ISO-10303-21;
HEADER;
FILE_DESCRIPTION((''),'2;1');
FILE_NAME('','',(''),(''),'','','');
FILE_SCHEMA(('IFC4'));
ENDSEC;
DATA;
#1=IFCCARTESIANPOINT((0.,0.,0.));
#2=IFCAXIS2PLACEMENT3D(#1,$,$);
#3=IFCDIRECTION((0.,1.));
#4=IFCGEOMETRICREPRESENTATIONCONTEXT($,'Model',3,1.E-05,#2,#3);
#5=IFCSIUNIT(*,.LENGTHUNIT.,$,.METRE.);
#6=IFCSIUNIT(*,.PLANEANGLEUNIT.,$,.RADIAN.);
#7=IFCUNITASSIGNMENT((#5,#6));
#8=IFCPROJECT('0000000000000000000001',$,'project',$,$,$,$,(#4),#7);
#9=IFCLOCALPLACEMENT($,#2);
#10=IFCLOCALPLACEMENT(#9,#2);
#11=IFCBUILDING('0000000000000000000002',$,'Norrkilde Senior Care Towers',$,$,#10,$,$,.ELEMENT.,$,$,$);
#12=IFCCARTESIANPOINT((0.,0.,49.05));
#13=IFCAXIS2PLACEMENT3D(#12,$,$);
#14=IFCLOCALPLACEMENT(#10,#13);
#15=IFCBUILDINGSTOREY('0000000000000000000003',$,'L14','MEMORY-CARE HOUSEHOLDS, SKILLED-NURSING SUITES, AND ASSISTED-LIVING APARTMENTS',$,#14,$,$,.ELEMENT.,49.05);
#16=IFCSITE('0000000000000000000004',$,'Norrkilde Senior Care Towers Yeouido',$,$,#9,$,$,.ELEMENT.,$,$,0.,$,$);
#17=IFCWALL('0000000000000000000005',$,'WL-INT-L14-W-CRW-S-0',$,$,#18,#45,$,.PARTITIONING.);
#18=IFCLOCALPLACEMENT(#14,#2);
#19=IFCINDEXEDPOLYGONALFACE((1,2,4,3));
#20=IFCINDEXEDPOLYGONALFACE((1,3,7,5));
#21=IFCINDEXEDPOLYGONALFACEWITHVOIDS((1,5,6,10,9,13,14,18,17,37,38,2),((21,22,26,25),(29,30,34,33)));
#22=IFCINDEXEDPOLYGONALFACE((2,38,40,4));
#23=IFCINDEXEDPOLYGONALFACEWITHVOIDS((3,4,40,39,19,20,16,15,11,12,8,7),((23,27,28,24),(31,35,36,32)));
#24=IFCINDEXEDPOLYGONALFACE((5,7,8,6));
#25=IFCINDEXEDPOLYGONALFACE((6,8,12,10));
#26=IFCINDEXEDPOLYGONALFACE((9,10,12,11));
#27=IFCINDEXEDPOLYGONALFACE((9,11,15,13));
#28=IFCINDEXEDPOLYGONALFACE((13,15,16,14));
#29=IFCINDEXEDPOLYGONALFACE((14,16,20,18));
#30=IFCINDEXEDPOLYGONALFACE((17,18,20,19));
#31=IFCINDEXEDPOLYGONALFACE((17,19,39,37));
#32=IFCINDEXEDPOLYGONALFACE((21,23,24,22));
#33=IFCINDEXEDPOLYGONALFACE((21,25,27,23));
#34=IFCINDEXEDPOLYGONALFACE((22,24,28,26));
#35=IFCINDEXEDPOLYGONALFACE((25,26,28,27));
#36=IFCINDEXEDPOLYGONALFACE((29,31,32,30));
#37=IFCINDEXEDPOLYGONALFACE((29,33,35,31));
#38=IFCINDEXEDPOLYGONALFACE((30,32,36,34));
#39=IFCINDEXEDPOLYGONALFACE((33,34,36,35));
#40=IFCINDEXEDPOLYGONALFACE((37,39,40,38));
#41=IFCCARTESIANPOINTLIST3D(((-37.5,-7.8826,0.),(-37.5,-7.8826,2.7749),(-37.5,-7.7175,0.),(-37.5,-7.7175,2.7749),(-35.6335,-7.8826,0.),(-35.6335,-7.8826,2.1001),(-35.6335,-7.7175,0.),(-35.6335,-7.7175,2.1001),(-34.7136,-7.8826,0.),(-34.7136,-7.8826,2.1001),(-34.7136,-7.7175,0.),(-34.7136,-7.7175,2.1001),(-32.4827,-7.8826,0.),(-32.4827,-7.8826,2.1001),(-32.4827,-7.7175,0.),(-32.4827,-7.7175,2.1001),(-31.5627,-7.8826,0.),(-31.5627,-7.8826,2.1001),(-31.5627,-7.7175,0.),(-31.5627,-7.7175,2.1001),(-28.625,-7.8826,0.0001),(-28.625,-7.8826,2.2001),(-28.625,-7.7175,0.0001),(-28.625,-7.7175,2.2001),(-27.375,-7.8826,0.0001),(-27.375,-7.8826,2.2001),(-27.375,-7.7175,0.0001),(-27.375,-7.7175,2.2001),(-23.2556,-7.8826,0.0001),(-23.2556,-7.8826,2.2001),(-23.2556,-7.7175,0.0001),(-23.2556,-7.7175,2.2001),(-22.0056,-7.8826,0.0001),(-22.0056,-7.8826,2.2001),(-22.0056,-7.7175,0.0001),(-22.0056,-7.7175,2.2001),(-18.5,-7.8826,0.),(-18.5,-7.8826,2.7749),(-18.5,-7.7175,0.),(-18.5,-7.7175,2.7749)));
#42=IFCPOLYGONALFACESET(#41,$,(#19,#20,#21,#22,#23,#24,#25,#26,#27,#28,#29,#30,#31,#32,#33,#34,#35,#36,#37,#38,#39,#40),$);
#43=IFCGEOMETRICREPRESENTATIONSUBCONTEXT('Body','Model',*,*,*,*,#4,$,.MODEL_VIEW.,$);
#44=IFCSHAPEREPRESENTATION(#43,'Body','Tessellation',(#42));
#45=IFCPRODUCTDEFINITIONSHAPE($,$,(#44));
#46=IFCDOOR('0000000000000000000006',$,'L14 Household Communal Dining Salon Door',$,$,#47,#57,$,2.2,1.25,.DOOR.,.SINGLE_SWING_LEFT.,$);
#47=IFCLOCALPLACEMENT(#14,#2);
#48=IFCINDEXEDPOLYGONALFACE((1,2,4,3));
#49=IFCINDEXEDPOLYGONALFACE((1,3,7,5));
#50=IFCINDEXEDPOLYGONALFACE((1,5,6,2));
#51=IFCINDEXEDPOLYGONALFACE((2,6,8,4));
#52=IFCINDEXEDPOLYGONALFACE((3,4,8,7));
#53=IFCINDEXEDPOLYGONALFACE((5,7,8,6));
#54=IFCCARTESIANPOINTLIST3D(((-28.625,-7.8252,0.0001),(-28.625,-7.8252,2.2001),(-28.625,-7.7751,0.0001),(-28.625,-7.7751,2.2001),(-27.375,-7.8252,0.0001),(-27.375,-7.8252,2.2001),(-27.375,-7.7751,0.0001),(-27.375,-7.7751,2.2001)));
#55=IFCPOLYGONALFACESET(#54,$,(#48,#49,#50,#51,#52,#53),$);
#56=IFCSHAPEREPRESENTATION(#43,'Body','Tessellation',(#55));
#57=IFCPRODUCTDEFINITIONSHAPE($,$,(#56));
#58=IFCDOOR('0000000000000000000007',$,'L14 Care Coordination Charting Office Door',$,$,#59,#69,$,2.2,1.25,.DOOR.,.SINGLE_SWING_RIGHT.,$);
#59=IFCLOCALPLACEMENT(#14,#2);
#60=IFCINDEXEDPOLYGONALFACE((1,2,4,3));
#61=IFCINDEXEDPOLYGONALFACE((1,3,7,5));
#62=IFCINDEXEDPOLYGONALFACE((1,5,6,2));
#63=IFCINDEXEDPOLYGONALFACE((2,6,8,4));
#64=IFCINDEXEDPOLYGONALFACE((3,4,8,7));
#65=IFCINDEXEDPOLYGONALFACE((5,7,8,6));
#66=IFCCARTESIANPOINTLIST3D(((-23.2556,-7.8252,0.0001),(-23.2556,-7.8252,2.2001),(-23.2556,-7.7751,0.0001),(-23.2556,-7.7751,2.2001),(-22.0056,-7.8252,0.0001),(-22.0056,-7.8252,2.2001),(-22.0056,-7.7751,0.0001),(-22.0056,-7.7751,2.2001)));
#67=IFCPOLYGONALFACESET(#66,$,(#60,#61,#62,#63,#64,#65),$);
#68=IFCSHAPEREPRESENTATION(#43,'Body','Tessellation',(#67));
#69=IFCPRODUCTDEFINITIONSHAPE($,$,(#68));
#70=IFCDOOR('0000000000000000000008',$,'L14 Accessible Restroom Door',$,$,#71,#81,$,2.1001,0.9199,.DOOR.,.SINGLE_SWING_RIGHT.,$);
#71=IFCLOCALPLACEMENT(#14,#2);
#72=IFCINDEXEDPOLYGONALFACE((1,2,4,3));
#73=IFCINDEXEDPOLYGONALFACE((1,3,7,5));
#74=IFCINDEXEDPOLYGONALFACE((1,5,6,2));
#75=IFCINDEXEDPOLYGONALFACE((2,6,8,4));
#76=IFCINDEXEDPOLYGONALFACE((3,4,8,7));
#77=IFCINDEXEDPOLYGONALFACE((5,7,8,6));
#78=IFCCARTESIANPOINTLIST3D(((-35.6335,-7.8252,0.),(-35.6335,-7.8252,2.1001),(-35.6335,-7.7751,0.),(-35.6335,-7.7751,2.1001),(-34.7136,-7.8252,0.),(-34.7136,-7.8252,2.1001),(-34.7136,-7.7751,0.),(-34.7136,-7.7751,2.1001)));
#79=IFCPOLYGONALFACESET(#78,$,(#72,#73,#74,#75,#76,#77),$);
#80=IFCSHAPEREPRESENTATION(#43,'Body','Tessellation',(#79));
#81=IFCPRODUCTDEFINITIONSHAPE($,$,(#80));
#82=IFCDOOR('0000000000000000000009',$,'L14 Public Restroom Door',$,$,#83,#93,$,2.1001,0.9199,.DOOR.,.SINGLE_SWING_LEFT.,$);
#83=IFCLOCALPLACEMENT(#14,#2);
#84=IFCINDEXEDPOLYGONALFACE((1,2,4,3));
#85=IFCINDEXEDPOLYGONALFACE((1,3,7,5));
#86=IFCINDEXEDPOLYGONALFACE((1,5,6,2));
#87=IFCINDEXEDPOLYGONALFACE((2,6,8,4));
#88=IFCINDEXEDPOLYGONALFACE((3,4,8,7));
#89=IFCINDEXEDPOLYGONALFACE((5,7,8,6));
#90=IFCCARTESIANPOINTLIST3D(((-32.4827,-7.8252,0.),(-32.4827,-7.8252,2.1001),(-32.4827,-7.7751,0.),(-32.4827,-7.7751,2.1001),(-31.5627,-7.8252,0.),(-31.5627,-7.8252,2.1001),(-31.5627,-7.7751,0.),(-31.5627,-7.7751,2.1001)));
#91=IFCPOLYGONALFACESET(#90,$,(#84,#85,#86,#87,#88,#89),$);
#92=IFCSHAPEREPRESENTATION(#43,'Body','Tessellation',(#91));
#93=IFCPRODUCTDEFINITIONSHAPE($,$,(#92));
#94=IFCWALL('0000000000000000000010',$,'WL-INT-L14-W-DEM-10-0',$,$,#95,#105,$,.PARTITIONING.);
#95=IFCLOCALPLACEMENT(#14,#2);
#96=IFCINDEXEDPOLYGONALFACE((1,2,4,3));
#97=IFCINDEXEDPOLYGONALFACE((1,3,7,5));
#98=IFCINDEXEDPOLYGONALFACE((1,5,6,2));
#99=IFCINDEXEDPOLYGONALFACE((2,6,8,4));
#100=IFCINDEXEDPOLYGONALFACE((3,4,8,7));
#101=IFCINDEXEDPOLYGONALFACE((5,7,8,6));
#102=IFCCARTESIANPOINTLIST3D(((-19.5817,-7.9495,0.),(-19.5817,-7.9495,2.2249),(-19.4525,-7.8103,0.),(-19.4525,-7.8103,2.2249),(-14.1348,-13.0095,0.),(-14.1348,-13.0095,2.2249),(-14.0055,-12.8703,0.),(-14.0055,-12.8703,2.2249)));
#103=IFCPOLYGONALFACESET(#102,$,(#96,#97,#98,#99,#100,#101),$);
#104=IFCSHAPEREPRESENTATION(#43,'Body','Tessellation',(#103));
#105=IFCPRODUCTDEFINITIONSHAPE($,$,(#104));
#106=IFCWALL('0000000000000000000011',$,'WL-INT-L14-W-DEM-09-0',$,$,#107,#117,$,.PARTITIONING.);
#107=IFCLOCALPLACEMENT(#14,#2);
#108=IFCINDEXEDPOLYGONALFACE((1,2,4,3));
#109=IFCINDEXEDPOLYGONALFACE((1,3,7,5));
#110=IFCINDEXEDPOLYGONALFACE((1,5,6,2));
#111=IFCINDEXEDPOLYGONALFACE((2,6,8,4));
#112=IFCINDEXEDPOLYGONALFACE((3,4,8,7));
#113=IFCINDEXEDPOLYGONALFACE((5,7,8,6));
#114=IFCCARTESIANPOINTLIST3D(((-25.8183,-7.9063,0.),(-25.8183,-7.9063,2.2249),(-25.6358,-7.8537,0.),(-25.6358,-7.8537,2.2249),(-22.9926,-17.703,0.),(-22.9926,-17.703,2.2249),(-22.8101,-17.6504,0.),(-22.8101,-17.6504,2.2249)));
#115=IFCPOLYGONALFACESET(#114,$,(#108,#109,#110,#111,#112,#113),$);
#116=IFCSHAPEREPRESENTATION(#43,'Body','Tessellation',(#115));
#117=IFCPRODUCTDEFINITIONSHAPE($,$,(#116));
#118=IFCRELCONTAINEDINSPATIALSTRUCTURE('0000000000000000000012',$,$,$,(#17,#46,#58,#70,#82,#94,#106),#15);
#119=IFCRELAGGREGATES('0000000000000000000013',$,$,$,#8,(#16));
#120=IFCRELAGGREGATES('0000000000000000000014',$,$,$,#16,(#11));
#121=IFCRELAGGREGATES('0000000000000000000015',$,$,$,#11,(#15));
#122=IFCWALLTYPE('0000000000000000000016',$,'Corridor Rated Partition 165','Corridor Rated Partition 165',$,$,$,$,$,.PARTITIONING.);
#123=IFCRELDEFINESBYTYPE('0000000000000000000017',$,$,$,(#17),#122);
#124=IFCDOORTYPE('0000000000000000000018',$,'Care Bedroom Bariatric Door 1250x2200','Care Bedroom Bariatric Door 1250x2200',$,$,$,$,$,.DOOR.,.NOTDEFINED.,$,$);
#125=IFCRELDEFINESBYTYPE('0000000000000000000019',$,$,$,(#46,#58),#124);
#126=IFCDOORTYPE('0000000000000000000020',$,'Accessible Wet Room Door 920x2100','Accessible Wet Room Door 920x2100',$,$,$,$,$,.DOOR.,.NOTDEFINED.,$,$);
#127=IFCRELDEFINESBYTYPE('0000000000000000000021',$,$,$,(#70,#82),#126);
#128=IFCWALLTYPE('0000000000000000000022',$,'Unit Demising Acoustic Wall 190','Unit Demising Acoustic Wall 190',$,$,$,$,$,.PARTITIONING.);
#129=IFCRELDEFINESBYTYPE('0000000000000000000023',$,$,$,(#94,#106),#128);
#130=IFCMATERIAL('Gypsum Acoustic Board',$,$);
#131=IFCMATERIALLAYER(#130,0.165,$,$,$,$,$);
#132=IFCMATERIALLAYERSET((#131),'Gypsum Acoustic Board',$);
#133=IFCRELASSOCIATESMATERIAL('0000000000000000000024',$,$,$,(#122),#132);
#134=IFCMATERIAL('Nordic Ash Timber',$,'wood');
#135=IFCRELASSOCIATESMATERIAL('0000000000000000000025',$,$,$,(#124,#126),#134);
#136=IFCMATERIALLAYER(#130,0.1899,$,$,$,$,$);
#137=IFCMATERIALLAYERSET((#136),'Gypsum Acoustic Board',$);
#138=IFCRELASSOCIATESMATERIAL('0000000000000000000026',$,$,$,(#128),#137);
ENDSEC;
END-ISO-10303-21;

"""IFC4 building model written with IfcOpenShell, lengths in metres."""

from ifc_helpers import new_model, si_unit, direction, frame, frame_2d, origin, place, context, subcontext, project, spatial, rectangle, extrude, source, transform, mapped, material, layer, layer_set, type_object, type_shapes, element, fill, save


model = new_model("IFC4")

# Units and contexts
model_context = context("Model", 3, precision=1e-05, world=origin(), true_north=direction((0.0, 1.0)))
body_context = subcontext(model_context, "Body", "Model", "MODEL_VIEW")
ifc_project = project(units=[si_unit("LENGTHUNIT", "METRE"), si_unit("PLANEANGLEUNIT", "RADIAN")], contexts=[model_context])

# Site, building, storey
site_placement = place(None, origin())
site = spatial("IfcSite", under=ifc_project, at=site_placement, Name="Norrkilde Senior Care Towers Yeouido", CompositionType="ELEMENT", RefElevation=0.0)
building_placement = place(site_placement, origin())
building = spatial("IfcBuilding", under=site, at=building_placement, Name="Norrkilde Senior Care Towers", CompositionType="ELEMENT")
storey_placement = place(building_placement, frame((0.0, 0.0, 49.05)))
storey = spatial("IfcBuildingStorey", under=building, at=storey_placement, Name="L14", Description="MEMORY-CARE HOUSEHOLDS, SKILLED-NURSING SUITES, AND ASSISTED-LIVING APARTMENTS", CompositionType="ELEMENT", Elevation=49.05)

# Wall, openings, doors
ifc_material_1 = material(Name="Gypsum Acoustic Board")
ifc_layer_1 = layer(ifc_material_1, 0.165)
ifc_layer_set_1 = layer_set([ifc_layer_1], Name="Gypsum Acoustic Board")
wall_type_1 = type_object("IfcWallType", Name="Corridor Rated Partition 165", Description="Corridor Rated Partition 165", PredefinedType="PARTITIONING", material=ifc_layer_set_1)
shared_shape_1 = source(origin(), body_context, "Body", "SweptSolid", [
    extrude(rectangle(XDim=19.0, YDim=0.165, at=frame_2d((9.5, 0.0))), origin(), (0.0, 0.0, 1.0), 2.7749),
])
type_shapes(wall_type_1, [shared_shape_1])
wall_1_placement = place(storey_placement, frame((-18.5, -7.8, 0.0), z_axis=(0.0, 0.0, 1.0), x_axis=(-1.0, 0.0, 0.0)))
wall_1 = element("IfcWall", 1, at=wall_1_placement, inside=storey, type_object=wall_type_1, Name="WL-INT-L14-W-CRW-S-0", PredefinedType="PARTITIONING", context=body_context, shape_type="MappedRepresentation", body=[
    mapped(shared_shape_1, transform((0.0, 0.0, 0.0), x_axis=(1.0, 0.0, 0.0), y_axis=(0.0, 1.0, 0.0), z_axis=(0.0, 0.0, 1.0), scale=1.0)),
])
opening_1_placement = place(wall_1_placement, frame((16.2136, 0.0, 0.0)))
opening_1 = element("IfcOpeningElement", 2, at=opening_1_placement, cuts=wall_1, PredefinedType="OPENING", context=body_context, shape_type="SweptSolid", body=[
    extrude(rectangle(XDim=0.9199, YDim=2.1001, at=frame_2d((0.46, 1.05))), frame((0.0, 0.0925, 0.0), z_axis=(0.0, -1.0, 0.0), x_axis=(1.0, 0.0, 0.0)), (0.0, 0.0, 1.0), 0.1851),
])
opening_2_placement = place(wall_1_placement, frame((13.0627, 0.0, 0.0)))
opening_2 = element("IfcOpeningElement", 3, at=opening_2_placement, cuts=wall_1, PredefinedType="OPENING", context=body_context, shape_type="SweptSolid", body=[
    extrude(rectangle(XDim=0.9199, YDim=2.1001, at=frame_2d((0.46, 1.05))), frame((0.0, 0.0925, 0.0), z_axis=(0.0, -1.0, 0.0), x_axis=(1.0, 0.0, 0.0)), (0.0, 0.0, 1.0), 0.1851),
])
opening_3_placement = place(wall_1_placement, frame((8.875, 0.0, 0.0)))
opening_3 = element("IfcOpeningElement", 4, at=opening_3_placement, cuts=wall_1, PredefinedType="OPENING", context=body_context, shape_type="SweptSolid", body=[
    extrude(rectangle(XDim=1.25, YDim=2.2, at=frame_2d((0.625, 1.1001))), frame((0.0, 0.0925, 0.0), z_axis=(0.0, -1.0, 0.0), x_axis=(1.0, 0.0, 0.0)), (0.0, 0.0, 1.0), 0.1851),
])
opening_4_placement = place(wall_1_placement, frame((3.5056, 0.0, 0.0)))
opening_4 = element("IfcOpeningElement", 5, at=opening_4_placement, cuts=wall_1, PredefinedType="OPENING", context=body_context, shape_type="SweptSolid", body=[
    extrude(rectangle(XDim=1.25, YDim=2.2, at=frame_2d((0.625, 1.1001))), frame((0.0, 0.0925, 0.0), z_axis=(0.0, -1.0, 0.0), x_axis=(1.0, 0.0, 0.0)), (0.0, 0.0, 1.0), 0.1851),
])
ifc_material_2 = material(Name="Nordic Ash Timber", Category="wood")
door_type_1 = type_object("IfcDoorType", Name="Care Bedroom Bariatric Door 1250x2200", Description="Care Bedroom Bariatric Door 1250x2200", OperationType="NOTDEFINED", PredefinedType="DOOR", material=ifc_material_2)
shared_shape_2 = source(origin(), body_context, "Body", "SweptSolid", [
    extrude(rectangle(XDim=1.25, YDim=2.2, at=frame_2d((0.625, 1.1001))), frame((0.0, 0.0249, 0.0), z_axis=(0.0, -1.0, 0.0), x_axis=(1.0, 0.0, 0.0)), (0.0, 0.0, 1.0), 0.05),
])
type_shapes(door_type_1, [shared_shape_2])
door_1_placement = place(opening_3_placement, frame((1.25, 0.0, 0.0), z_axis=(0.0, 0.0, 1.0), x_axis=(-1.0, 0.0, 0.0)))
door_1 = element("IfcDoor", 6, at=door_1_placement, inside=storey, type_object=door_type_1, Name="L14 Household Communal Dining Salon Door", OperationType="SINGLE_SWING_LEFT", OverallHeight=2.2, OverallWidth=1.25, PredefinedType="DOOR", context=body_context, shape_type="MappedRepresentation", body=[
    mapped(shared_shape_2, transform((0.0, 0.0, 0.0), x_axis=(1.0, 0.0, 0.0), y_axis=(0.0, 1.0, 0.0), z_axis=(0.0, 0.0, 1.0), scale=1.0)),
])
fill(opening_3, door_1)
door_2_placement = place(opening_4_placement, frame((1.25, 0.0, 0.0), z_axis=(0.0, 0.0, 1.0), x_axis=(-1.0, 0.0, 0.0)))
door_2 = element("IfcDoor", 7, at=door_2_placement, inside=storey, type_object=door_type_1, Name="L14 Care Coordination Charting Office Door", OperationType="SINGLE_SWING_RIGHT", OverallHeight=2.2, OverallWidth=1.25, PredefinedType="DOOR", context=body_context, shape_type="MappedRepresentation", body=[
    mapped(shared_shape_2, transform((0.0, 0.0, 0.0), x_axis=(1.0, 0.0, 0.0), y_axis=(0.0, 1.0, 0.0), z_axis=(0.0, 0.0, 1.0), scale=1.0)),
])
fill(opening_4, door_2)
door_type_2 = type_object("IfcDoorType", Name="Accessible Wet Room Door 920x2100", Description="Accessible Wet Room Door 920x2100", OperationType="NOTDEFINED", PredefinedType="DOOR", material=ifc_material_2)
shared_shape_3 = source(origin(), body_context, "Body", "SweptSolid", [
    extrude(rectangle(XDim=0.9199, YDim=2.1001, at=frame_2d((0.46, 1.05))), frame((0.0, 0.0249, 0.0), z_axis=(0.0, -1.0, 0.0), x_axis=(1.0, 0.0, 0.0)), (0.0, 0.0, 1.0), 0.05),
])
type_shapes(door_type_2, [shared_shape_3])
door_3_placement = place(opening_1_placement, frame((0.9199, 0.0, 0.0), z_axis=(0.0, 0.0, 1.0), x_axis=(-1.0, 0.0, 0.0)))
door_3 = element("IfcDoor", 8, at=door_3_placement, inside=storey, type_object=door_type_2, Name="L14 Accessible Restroom Door", OperationType="SINGLE_SWING_RIGHT", OverallHeight=2.1001, OverallWidth=0.9199, PredefinedType="DOOR", context=body_context, shape_type="MappedRepresentation", body=[
    mapped(shared_shape_3, transform((0.0, 0.0, 0.0), x_axis=(1.0, 0.0, 0.0), y_axis=(0.0, 1.0, 0.0), z_axis=(0.0, 0.0, 1.0), scale=1.0)),
])
fill(opening_1, door_3)
door_4_placement = place(opening_2_placement, frame((0.9199, 0.0, 0.0), z_axis=(0.0, 0.0, 1.0), x_axis=(-1.0, 0.0, 0.0)))
door_4 = element("IfcDoor", 9, at=door_4_placement, inside=storey, type_object=door_type_2, Name="L14 Public Restroom Door", OperationType="SINGLE_SWING_LEFT", OverallHeight=2.1001, OverallWidth=0.9199, PredefinedType="DOOR", context=body_context, shape_type="MappedRepresentation", body=[
    mapped(shared_shape_3, transform((0.0, 0.0, 0.0), x_axis=(1.0, 0.0, 0.0), y_axis=(0.0, 1.0, 0.0), z_axis=(0.0, 0.0, 1.0), scale=1.0)),
])
fill(opening_2, door_4)

# Walls
ifc_layer_2 = layer(ifc_material_1, 0.1899)
ifc_layer_set_2 = layer_set([ifc_layer_2], Name="Gypsum Acoustic Board")
wall_type_2 = type_object("IfcWallType", Name="Unit Demising Acoustic Wall 190", Description="Unit Demising Acoustic Wall 190", PredefinedType="PARTITIONING", material=ifc_layer_set_2)
shared_shape_4 = source(origin(), body_context, "Body", "SweptSolid", [
    extrude(rectangle(XDim=7.4346, YDim=0.1899, at=frame_2d((3.7173, 0.0))), origin(), (0.0, 0.0, 1.0), 2.2249),
])
wall_2_placement = place(storey_placement, frame((-19.5171, -7.8799, 0.0), z_axis=(0.0, 0.0, 1.0), x_axis=(0.732652, -0.680603, 0.0)))
element("IfcWall", 10, at=wall_2_placement, inside=storey, type_object=wall_type_2, Name="WL-INT-L14-W-DEM-10-0", PredefinedType="PARTITIONING", context=body_context, shape_type="MappedRepresentation", body=[
    mapped(shared_shape_4, transform((0.0, 0.0, 0.0), x_axis=(1.0, 0.0, 0.0), y_axis=(0.0, 1.0, 0.0), z_axis=(0.0, 0.0, 1.0), scale=1.0)),
])
shared_shape_5 = source(origin(), body_context, "Body", "SweptSolid", [
    extrude(rectangle(XDim=10.196, YDim=0.1899, at=frame_2d((5.0981, 0.0))), origin(), (0.0, 0.0, 1.0), 2.2249),
])
type_shapes(wall_type_2, [shared_shape_4, shared_shape_5])
wall_3_placement = place(storey_placement, frame((-25.7271, -7.8799, 0.0), z_axis=(0.0, 0.0, 1.0), x_axis=(0.277136, -0.960831, 0.0)))
element("IfcWall", 11, at=wall_3_placement, inside=storey, type_object=wall_type_2, Name="WL-INT-L14-W-DEM-09-0", PredefinedType="PARTITIONING", context=body_context, shape_type="MappedRepresentation", body=[
    mapped(shared_shape_5, transform((0.0, 0.0, 0.0), x_axis=(1.0, 0.0, 0.0), y_axis=(0.0, 1.0, 0.0), z_axis=(0.0, 0.0, 1.0), scale=1.0)),
])

save(model, "model.ifc")
